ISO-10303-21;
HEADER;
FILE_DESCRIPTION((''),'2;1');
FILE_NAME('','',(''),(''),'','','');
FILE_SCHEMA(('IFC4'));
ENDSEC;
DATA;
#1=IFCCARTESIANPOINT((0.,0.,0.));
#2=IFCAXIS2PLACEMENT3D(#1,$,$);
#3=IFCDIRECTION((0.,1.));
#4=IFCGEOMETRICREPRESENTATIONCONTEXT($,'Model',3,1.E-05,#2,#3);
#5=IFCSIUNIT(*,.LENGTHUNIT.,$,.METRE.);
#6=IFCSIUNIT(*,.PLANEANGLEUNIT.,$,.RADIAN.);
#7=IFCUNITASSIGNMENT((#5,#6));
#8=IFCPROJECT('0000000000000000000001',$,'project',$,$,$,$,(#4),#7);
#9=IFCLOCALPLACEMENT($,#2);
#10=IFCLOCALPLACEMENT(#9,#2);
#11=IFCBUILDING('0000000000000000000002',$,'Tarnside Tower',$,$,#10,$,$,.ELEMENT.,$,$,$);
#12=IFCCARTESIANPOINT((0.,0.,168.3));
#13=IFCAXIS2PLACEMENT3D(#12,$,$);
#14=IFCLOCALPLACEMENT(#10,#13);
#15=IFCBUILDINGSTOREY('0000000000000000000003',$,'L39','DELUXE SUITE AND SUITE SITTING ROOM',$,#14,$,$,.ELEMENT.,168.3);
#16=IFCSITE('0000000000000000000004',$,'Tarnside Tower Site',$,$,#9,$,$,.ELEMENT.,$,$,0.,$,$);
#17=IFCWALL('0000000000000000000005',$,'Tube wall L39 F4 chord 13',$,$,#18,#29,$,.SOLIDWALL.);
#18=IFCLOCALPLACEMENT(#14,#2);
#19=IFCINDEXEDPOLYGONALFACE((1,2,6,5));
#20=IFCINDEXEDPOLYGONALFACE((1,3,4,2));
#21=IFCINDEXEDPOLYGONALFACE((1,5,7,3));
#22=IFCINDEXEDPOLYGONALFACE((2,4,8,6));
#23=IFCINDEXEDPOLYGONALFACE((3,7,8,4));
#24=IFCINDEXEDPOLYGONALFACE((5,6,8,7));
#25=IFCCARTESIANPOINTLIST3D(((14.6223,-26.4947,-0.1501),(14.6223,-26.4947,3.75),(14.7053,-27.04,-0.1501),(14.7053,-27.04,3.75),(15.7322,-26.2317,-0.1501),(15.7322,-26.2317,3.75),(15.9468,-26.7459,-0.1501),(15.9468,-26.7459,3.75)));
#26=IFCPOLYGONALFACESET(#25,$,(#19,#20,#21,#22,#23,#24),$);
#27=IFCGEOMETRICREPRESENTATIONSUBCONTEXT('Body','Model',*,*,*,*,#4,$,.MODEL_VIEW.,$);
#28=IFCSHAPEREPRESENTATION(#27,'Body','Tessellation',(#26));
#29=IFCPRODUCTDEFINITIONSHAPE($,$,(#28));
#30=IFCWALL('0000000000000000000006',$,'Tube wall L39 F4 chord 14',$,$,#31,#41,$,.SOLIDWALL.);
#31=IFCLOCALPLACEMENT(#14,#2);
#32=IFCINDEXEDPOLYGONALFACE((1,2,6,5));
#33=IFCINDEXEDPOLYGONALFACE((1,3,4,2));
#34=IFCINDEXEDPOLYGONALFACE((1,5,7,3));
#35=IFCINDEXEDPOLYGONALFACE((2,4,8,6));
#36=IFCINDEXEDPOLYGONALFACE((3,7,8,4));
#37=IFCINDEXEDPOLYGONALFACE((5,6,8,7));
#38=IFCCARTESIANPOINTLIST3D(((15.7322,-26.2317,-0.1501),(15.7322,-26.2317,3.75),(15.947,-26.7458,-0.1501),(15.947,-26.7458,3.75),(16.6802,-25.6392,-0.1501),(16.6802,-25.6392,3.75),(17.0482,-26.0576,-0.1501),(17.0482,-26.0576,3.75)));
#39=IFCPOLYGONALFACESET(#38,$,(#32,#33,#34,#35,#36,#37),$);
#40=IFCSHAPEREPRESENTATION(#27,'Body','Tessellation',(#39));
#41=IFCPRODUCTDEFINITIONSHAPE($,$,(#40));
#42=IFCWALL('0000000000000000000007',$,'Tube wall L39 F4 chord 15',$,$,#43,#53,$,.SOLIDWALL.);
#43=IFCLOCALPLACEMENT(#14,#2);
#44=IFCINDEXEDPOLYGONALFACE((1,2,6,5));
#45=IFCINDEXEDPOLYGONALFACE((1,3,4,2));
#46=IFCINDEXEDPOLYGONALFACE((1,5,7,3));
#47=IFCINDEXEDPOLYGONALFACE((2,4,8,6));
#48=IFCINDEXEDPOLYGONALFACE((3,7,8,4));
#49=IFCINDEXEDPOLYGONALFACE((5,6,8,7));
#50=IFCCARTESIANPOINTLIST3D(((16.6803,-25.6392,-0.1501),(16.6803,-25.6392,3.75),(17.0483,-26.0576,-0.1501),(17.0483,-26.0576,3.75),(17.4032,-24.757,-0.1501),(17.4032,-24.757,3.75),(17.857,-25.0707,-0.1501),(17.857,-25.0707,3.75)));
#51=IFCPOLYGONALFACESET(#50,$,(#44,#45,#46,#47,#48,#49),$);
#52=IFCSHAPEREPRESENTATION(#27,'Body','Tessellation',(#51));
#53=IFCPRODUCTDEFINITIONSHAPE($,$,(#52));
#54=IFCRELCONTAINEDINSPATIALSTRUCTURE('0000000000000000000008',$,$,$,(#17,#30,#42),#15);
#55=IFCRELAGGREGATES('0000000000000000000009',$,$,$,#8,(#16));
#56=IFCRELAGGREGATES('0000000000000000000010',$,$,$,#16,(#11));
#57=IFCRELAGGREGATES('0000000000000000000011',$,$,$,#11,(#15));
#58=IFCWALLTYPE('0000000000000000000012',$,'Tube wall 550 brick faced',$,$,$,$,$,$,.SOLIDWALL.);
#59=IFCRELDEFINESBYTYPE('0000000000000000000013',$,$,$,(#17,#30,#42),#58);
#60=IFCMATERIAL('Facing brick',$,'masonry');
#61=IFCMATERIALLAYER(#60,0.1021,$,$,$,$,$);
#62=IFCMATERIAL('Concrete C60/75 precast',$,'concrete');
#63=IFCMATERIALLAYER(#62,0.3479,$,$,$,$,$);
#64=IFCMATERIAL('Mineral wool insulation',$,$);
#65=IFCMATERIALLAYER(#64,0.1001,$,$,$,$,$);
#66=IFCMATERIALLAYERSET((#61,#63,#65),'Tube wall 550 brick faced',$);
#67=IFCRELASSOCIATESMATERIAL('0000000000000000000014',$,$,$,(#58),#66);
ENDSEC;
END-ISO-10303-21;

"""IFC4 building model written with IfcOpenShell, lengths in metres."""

from ifc_helpers import new_model, si_unit, direction, frame, origin, place, context, subcontext, project, spatial, polyline, outline, extrude, material, layer, layer_set, type_object, element, save


model = new_model("IFC4")

# Units and contexts
model_context = context("Model", 3, precision=1e-05, world=origin(), true_north=direction((0.0, 1.0)))
body_context = subcontext(model_context, "Body", "Model", "MODEL_VIEW")
ifc_project = project(units=[si_unit("LENGTHUNIT", "METRE"), si_unit("PLANEANGLEUNIT", "RADIAN")], contexts=[model_context])

# Site, building, storey
site_placement = place(None, origin())
site = spatial("IfcSite", under=ifc_project, at=site_placement, Name="Tarnside Tower Site", CompositionType="ELEMENT", RefElevation=0.0)
building_placement = place(site_placement, origin())
building = spatial("IfcBuilding", under=site, at=building_placement, Name="Tarnside Tower", CompositionType="ELEMENT")
storey_placement = place(building_placement, frame((0.0, 0.0, 168.3)))
storey = spatial("IfcBuildingStorey", under=building, at=storey_placement, Name="L39", Description="DELUXE SUITE AND SUITE SITTING ROOM", CompositionType="ELEMENT", Elevation=168.3)

# Walls
ifc_material_1 = material(Name="Facing brick", Category="masonry")
ifc_layer_1 = layer(ifc_material_1, 0.1021)
ifc_material_2 = material(Name="Concrete C60/75 precast", Category="concrete")
ifc_layer_2 = layer(ifc_material_2, 0.3479)
ifc_material_3 = material(Name="Mineral wool insulation")
ifc_layer_3 = layer(ifc_material_3, 0.1001)
ifc_layer_set_1 = layer_set([ifc_layer_1, ifc_layer_2, ifc_layer_3], Name="Tube wall 550 brick faced")
wall_type_1 = type_object("IfcWallType", Name="Tube wall 550 brick faced", PredefinedType="SOLIDWALL", material=ifc_layer_set_1)
wall_1_placement = place(storey_placement, frame((14.6638, -26.7673, -0.1501), z_axis=(0.0, 0.0, 1.0), x_axis=(0.973064, 0.230537, 0.0)))
element("IfcWall", 1, at=wall_1_placement, inside=storey, type_object=wall_type_1, Name="Tube wall L39 F4 chord 13", PredefinedType="SOLIDWALL", context=body_context, shape_type="SweptSolid", body=[
    extrude(outline(polyline([(-0.0225, -0.2749), (1.2534, -0.2749), (1.1631, 0.2749), (0.0225, 0.2749), (-0.0225, -0.2749)])), origin(), (0.0, 0.0, 1.0), 3.9001),
])
wall_2_placement = place(storey_placement, frame((15.8396, -26.4888, -0.1501), z_axis=(0.0, 0.0, 1.0), x_axis=(0.84801, 0.529981, 0.0)))
element("IfcWall", 2, at=wall_2_placement, inside=storey, type_object=wall_type_1, Name="Tube wall L39 F4 chord 14", PredefinedType="SOLIDWALL", context=body_context, shape_type="SweptSolid", body=[
    extrude(outline(polyline([(-0.0452, -0.2749), (1.2534, -0.2749), (1.1631, 0.2749), (0.0452, 0.2749), (-0.0452, -0.2749)])), origin(), (0.0, 0.0, 1.0), 3.9001),
])
wall_3_placement = place(storey_placement, frame((16.8643, -25.8484, -0.1501), z_axis=(0.0, 0.0, 1.0), x_axis=(0.633843, 0.773462, 0.0)))
element("IfcWall", 3, at=wall_3_placement, inside=storey, type_object=wall_type_1, Name="Tube wall L39 F4 chord 15", PredefinedType="SOLIDWALL", context=body_context, shape_type="SweptSolid", body=[
    extrude(outline(polyline([(-0.0452, -0.2749), (1.2307, -0.2749), (1.1858, 0.2749), (0.0452, 0.2749), (-0.0452, -0.2749)])), origin(), (0.0, 0.0, 1.0), 3.9001),
])

save(model, "model.ifc")
